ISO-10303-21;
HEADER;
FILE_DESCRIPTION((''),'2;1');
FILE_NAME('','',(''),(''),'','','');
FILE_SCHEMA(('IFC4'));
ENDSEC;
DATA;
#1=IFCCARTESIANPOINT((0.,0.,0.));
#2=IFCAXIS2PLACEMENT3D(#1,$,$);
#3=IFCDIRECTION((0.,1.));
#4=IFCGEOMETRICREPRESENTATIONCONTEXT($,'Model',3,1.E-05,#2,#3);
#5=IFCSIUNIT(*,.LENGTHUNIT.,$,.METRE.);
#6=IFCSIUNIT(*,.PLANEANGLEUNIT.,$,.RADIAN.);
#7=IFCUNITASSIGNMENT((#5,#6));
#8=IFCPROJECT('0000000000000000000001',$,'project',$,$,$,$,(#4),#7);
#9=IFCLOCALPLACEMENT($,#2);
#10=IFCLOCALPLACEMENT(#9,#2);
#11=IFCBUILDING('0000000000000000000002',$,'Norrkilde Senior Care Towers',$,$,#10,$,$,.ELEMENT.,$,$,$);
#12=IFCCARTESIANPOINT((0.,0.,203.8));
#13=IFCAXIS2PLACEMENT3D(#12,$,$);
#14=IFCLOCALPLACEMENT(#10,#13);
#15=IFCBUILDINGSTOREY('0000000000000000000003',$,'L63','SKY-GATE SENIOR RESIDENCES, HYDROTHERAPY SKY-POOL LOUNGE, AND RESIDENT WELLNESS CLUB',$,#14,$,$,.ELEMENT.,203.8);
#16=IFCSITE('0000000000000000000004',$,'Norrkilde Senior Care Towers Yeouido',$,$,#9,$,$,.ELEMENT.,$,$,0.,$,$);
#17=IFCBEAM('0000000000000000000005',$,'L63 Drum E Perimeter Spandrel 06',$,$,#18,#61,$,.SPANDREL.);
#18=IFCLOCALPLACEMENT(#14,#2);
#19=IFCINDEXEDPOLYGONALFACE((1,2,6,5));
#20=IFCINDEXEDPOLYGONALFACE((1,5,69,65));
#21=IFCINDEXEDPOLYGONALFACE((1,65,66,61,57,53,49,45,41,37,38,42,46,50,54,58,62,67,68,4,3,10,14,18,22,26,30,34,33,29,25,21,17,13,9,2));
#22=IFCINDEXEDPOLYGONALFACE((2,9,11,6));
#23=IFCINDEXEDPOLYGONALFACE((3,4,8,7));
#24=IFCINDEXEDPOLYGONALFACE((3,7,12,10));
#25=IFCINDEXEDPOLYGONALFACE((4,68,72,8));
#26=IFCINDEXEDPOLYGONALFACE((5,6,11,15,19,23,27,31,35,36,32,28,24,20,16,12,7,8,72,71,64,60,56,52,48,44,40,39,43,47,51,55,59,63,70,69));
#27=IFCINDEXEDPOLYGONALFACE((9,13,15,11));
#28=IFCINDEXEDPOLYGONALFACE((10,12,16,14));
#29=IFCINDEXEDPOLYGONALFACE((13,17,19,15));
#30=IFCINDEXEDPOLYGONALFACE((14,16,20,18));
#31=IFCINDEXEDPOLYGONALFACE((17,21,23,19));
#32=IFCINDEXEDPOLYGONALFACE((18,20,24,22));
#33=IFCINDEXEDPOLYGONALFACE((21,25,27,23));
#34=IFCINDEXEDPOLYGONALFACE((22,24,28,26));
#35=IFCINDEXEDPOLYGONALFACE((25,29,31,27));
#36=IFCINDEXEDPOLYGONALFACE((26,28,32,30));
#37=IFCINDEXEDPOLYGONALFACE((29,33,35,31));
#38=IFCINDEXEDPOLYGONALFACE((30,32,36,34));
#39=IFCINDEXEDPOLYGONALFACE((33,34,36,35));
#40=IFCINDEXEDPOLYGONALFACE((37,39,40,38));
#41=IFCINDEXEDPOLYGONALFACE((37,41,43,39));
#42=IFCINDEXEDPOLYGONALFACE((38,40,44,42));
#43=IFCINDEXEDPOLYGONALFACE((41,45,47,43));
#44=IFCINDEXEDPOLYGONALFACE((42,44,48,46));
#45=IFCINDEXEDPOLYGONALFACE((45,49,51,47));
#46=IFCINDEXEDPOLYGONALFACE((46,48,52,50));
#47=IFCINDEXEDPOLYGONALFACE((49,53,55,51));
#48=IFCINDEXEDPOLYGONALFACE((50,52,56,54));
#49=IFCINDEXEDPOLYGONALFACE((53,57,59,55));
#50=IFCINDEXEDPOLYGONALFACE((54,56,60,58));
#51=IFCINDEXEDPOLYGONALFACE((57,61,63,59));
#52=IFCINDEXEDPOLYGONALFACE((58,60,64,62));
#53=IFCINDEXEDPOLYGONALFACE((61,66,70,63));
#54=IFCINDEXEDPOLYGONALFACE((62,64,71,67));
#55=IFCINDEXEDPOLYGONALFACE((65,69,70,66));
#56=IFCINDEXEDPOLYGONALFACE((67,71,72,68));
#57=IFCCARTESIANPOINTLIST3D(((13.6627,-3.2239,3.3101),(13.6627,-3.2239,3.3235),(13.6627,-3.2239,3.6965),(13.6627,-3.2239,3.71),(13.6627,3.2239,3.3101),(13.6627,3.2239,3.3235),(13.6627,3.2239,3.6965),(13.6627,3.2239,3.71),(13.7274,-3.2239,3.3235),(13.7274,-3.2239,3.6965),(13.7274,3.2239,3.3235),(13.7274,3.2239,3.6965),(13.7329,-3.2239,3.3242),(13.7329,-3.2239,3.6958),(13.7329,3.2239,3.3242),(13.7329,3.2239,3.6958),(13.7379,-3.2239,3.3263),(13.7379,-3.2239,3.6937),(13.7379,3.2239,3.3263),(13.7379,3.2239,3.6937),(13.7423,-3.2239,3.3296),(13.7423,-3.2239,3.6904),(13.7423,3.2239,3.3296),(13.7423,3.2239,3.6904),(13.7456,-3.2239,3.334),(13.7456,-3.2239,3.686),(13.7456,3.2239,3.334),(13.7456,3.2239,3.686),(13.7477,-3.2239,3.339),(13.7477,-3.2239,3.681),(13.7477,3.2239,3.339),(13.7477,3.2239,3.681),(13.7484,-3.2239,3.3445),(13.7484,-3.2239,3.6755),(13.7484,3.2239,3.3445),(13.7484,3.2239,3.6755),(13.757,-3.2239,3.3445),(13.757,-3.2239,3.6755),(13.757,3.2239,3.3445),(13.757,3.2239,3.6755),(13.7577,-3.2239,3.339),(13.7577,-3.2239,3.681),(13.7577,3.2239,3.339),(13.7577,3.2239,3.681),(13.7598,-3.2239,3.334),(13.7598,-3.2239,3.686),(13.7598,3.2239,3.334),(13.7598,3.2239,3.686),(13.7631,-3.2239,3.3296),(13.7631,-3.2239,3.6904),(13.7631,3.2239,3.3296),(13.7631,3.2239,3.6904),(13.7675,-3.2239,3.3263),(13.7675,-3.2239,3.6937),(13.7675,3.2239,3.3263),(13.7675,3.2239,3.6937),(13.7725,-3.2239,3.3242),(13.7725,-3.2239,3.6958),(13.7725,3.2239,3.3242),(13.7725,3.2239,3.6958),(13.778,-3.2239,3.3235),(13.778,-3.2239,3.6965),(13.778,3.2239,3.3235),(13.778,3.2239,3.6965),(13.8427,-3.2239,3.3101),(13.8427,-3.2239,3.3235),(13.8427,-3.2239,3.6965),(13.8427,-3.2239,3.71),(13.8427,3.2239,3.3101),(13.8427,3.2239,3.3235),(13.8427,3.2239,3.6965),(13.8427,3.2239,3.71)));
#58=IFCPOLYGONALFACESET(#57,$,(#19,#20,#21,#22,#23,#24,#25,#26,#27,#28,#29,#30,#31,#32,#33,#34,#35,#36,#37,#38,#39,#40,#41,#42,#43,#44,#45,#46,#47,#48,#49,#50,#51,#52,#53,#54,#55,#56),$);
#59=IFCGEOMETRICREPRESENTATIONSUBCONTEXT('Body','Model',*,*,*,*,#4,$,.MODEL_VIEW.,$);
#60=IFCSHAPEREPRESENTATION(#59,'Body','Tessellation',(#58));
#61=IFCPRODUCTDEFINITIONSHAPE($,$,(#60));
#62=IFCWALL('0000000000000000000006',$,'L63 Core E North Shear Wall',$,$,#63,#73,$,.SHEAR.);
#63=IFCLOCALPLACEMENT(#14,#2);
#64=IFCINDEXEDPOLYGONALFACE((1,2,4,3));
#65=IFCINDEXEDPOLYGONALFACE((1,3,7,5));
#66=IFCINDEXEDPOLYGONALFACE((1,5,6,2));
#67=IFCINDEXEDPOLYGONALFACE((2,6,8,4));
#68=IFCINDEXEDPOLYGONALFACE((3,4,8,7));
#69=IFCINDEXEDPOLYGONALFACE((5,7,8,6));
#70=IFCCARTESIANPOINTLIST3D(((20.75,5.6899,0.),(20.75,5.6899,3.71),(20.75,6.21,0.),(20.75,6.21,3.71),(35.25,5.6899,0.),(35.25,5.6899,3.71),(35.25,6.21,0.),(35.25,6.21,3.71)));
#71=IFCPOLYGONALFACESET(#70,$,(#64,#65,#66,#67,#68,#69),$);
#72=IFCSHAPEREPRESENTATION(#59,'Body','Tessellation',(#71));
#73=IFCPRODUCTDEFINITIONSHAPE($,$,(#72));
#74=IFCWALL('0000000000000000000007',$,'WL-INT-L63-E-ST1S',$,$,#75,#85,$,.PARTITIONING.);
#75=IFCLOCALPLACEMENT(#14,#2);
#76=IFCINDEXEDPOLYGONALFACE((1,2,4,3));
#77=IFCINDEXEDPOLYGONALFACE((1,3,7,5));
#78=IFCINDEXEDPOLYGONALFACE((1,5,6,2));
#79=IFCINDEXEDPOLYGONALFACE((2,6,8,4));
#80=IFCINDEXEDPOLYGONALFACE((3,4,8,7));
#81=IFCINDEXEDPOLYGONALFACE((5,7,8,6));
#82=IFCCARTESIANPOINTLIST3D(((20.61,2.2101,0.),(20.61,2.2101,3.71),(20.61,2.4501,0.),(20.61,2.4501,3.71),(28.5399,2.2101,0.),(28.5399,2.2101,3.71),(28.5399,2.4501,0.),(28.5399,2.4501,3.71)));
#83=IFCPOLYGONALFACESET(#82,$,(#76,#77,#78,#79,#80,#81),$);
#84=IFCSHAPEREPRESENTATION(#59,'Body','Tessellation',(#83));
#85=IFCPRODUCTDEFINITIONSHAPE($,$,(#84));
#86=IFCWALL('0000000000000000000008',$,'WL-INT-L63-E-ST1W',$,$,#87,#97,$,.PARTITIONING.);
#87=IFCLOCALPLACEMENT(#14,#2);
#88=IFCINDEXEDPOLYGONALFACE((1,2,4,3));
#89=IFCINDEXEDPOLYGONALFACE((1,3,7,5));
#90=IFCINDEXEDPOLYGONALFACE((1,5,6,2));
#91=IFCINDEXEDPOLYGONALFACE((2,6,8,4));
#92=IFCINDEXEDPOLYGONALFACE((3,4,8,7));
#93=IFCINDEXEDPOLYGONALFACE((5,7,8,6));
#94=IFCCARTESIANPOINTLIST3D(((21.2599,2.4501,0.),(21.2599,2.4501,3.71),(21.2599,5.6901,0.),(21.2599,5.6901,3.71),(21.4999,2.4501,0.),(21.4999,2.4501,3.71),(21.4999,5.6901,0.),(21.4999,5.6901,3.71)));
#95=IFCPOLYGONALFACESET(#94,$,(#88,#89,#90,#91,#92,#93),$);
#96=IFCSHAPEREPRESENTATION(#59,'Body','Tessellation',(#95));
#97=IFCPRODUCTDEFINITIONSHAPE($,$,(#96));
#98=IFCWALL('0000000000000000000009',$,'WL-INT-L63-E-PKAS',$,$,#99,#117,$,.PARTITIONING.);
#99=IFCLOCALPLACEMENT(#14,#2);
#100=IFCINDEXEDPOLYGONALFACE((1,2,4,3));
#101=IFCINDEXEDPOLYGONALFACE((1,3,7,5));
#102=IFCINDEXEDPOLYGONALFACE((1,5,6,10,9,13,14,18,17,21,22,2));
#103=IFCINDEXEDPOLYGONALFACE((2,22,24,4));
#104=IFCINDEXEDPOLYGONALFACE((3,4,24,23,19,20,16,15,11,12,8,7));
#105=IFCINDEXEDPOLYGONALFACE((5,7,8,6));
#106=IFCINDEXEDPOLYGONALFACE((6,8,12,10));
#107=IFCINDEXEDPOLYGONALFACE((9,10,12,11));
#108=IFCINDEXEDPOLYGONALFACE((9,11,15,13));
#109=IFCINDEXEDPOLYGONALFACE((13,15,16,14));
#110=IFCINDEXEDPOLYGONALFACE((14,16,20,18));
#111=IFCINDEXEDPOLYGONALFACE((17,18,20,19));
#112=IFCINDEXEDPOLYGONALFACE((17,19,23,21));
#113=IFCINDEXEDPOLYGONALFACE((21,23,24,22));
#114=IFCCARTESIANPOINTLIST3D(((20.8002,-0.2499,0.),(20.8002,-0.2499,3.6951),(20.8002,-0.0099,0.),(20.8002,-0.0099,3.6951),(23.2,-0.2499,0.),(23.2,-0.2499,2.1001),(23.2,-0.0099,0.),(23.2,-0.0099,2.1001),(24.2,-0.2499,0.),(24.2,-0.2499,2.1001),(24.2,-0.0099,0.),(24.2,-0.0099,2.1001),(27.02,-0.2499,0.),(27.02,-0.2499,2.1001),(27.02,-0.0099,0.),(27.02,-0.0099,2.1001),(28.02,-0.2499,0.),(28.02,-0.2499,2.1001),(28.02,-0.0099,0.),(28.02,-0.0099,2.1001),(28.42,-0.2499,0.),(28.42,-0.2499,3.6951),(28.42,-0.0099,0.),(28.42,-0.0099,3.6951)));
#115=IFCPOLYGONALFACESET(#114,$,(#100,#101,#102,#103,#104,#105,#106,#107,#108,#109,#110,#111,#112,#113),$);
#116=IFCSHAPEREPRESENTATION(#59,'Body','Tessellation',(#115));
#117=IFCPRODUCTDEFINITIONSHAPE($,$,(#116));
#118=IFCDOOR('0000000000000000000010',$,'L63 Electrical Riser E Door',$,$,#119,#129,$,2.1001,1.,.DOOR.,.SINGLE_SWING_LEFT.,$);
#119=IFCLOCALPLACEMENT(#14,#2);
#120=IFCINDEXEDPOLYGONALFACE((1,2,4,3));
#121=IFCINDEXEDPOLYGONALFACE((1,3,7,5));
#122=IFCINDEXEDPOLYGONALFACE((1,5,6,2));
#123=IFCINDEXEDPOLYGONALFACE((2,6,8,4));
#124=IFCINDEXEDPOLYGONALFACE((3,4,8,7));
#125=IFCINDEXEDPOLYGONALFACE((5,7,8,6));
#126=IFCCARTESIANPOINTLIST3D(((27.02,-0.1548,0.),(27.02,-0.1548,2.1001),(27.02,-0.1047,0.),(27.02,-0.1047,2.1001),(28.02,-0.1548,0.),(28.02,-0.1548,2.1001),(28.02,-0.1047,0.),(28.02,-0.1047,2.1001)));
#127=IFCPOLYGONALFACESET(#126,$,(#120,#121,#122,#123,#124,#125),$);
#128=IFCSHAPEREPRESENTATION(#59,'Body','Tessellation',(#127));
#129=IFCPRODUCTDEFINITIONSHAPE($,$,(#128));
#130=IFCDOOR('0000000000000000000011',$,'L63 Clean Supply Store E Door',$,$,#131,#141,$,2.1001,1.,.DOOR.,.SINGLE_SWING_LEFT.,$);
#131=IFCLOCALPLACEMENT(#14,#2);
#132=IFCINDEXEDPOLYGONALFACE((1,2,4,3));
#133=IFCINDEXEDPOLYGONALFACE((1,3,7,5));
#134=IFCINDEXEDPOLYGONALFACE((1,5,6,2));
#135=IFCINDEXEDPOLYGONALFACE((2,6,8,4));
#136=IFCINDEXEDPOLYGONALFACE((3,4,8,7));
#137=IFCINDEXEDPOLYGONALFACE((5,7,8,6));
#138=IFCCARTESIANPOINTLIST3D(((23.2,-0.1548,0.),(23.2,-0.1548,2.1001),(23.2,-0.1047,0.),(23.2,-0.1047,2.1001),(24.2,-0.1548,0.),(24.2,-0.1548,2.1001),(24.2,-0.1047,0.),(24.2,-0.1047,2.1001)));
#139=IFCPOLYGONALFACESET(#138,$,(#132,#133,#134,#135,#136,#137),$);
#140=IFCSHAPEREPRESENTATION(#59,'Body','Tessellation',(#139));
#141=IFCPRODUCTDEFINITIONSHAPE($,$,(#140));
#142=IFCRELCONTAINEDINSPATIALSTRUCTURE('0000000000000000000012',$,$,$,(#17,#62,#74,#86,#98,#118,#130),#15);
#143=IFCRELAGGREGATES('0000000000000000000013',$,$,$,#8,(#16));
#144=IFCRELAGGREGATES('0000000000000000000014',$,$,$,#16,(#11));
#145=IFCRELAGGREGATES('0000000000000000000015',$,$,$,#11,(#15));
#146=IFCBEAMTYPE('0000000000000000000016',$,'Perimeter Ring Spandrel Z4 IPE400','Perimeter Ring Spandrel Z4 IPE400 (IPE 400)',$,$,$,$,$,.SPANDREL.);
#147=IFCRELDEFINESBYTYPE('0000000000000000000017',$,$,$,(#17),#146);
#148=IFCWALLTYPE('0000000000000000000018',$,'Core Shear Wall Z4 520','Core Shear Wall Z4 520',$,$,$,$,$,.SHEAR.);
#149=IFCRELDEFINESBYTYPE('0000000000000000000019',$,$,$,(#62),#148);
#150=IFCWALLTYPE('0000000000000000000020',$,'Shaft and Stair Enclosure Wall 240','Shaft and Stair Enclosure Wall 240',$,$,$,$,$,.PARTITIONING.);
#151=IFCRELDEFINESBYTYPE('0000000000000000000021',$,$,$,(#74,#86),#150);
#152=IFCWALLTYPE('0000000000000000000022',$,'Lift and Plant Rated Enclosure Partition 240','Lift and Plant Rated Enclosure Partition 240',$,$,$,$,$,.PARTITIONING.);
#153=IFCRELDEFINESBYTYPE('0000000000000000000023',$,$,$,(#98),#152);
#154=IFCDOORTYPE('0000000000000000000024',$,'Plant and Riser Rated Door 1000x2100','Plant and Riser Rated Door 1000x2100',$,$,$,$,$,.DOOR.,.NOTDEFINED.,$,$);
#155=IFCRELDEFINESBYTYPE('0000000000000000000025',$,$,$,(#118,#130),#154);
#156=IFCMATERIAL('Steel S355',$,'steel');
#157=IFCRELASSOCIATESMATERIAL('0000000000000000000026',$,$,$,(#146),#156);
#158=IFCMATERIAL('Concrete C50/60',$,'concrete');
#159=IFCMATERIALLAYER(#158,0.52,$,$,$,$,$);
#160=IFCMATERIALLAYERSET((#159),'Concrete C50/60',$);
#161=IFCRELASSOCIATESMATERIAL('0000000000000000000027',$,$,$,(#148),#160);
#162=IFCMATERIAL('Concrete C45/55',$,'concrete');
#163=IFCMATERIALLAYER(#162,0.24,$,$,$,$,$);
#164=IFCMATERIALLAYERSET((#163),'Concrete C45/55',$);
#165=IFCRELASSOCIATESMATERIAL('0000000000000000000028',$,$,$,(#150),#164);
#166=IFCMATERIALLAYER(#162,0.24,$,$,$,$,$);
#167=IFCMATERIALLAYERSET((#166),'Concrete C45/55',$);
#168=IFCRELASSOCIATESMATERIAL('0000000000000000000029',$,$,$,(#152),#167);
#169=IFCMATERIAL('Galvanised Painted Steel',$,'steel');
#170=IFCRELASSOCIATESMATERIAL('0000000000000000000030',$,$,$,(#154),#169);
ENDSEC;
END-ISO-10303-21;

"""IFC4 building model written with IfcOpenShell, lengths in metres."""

from ifc_helpers import new_model, si_unit, direction, frame, frame_2d, origin, origin_2d, place, context, subcontext, project, spatial, rectangle, i_section, extrude, source, transform, mapped, material, layer, layer_set, material_profile, profile_set, type_object, type_shapes, element, fill, save


model = new_model("IFC4")

# Units and contexts
model_context = context("Model", 3, precision=1e-05, world=origin(), true_north=direction((0.0, 1.0)))
body_context = subcontext(model_context, "Body", "Model", "MODEL_VIEW")
ifc_project = project(units=[si_unit("LENGTHUNIT", "METRE"), si_unit("PLANEANGLEUNIT", "RADIAN")], contexts=[model_context])

# Site, building, storey
site_placement = place(None, origin())
site = spatial("IfcSite", under=ifc_project, at=site_placement, Name="Norrkilde Senior Care Towers Yeouido", CompositionType="ELEMENT", RefElevation=0.0)
building_placement = place(site_placement, origin())
building = spatial("IfcBuilding", under=site, at=building_placement, Name="Norrkilde Senior Care Towers", CompositionType="ELEMENT")
storey_placement = place(building_placement, frame((0.0, 0.0, 203.8)))
storey = spatial("IfcBuildingStorey", under=building, at=storey_placement, Name="L63", Description="SKY-GATE SENIOR RESIDENCES, HYDROTHERAPY SKY-POOL LOUNGE, AND RESIDENT WELLNESS CLUB", CompositionType="ELEMENT", Elevation=203.8)

# Shared definitions
ifc_material_1 = material(Name="Concrete C50/60", Category="concrete")

# Beam
ifc_material_2 = material(Name="Steel S355", Category="steel")
ifc_material_profile_1 = material_profile(ifc_material_2, i_section(OverallWidth=0.1799, OverallDepth=0.3999, WebThickness=0.0085, FlangeThickness=0.0134, FilletRadius=0.021, at=origin_2d()), Name="IPE 400")
ifc_profile_set_1 = profile_set([ifc_material_profile_1], Name="Steel S355")
beam_type_1 = type_object("IfcBeamType", Name="Perimeter Ring Spandrel Z4 IPE400", Description="Perimeter Ring Spandrel Z4 IPE400 (IPE 400)", PredefinedType="SPANDREL", material=ifc_profile_set_1)
shared_shape_1 = source(origin(), body_context, "Body", "SweptSolid", [
    extrude(i_section(OverallWidth=0.1799, OverallDepth=0.3999, WebThickness=0.0085, FlangeThickness=0.0134, FilletRadius=0.021, at=origin_2d()), origin(), (0.0, 0.0, 1.0), 6.4478),
])
type_shapes(beam_type_1, [shared_shape_1])
beam_1_placement = place(storey_placement, frame((13.7527, 3.2239, 3.51), z_axis=(0.0, -1.0, 0.0), x_axis=(1.0, 0.0, 0.0)))
element("IfcBeam", 1, at=beam_1_placement, inside=storey, type_object=beam_type_1, Name="L63 Drum E Perimeter Spandrel 06", PredefinedType="SPANDREL", context=body_context, shape_type="MappedRepresentation", body=[
    mapped(shared_shape_1, transform((0.0, 0.0, 0.0), x_axis=(1.0, 0.0, 0.0), y_axis=(0.0, 1.0, 0.0), z_axis=(0.0, 0.0, 1.0), scale=1.0)),
])

# Walls
ifc_layer_1 = layer(ifc_material_1, 0.52)
ifc_layer_set_1 = layer_set([ifc_layer_1], Name="Concrete C50/60")
wall_type_1 = type_object("IfcWallType", Name="Core Shear Wall Z4 520", Description="Core Shear Wall Z4 520", PredefinedType="SHEAR", material=ifc_layer_set_1)
shared_shape_2 = source(origin(), body_context, "Body", "SweptSolid", [
    extrude(rectangle(XDim=14.5, YDim=0.52, at=frame_2d((7.25, 0.0))), origin(), (0.0, 0.0, 1.0), 3.71),
])
type_shapes(wall_type_1, [shared_shape_2])
wall_1_placement = place(storey_placement, frame((20.75, 5.95, 0.0), z_axis=(0.0, 0.0, 1.0), x_axis=(1.0, 0.0, 0.0)))
element("IfcWall", 2, at=wall_1_placement, inside=storey, type_object=wall_type_1, Name="L63 Core E North Shear Wall", PredefinedType="SHEAR", context=body_context, shape_type="MappedRepresentation", body=[
    mapped(shared_shape_2, transform((0.0, 0.0, 0.0), x_axis=(1.0, 0.0, 0.0), y_axis=(0.0, 1.0, 0.0), z_axis=(0.0, 0.0, 1.0), scale=1.0)),
])
ifc_material_3 = material(Name="Concrete C45/55", Category="concrete")
ifc_layer_2 = layer(ifc_material_3, 0.24)
ifc_layer_set_2 = layer_set([ifc_layer_2], Name="Concrete C45/55")
wall_type_2 = type_object("IfcWallType", Name="Shaft and Stair Enclosure Wall 240", Description="Shaft and Stair Enclosure Wall 240", PredefinedType="PARTITIONING", material=ifc_layer_set_2)
shared_shape_3 = source(origin(), body_context, "Body", "SweptSolid", [
    extrude(rectangle(XDim=7.9299, YDim=0.24, at=frame_2d((3.9648, 0.0))), origin(), (0.0, 0.0, 1.0), 3.71),
])
wall_2_placement = place(storey_placement, frame((20.6101, 2.3301, 0.0), z_axis=(0.0, 0.0, 1.0), x_axis=(1.0, 0.0, 0.0)))
element("IfcWall", 3, at=wall_2_placement, inside=storey, type_object=wall_type_2, Name="WL-INT-L63-E-ST1S", PredefinedType="PARTITIONING", context=body_context, shape_type="MappedRepresentation", body=[
    mapped(shared_shape_3, transform((0.0, 0.0, 0.0), x_axis=(1.0, 0.0, 0.0), y_axis=(0.0, 1.0, 0.0), z_axis=(0.0, 0.0, 1.0), scale=1.0)),
])
shared_shape_4 = source(origin(), body_context, "Body", "SweptSolid", [
    extrude(rectangle(XDim=3.24, YDim=0.24, at=frame_2d((1.6201, 0.0))), origin(), (0.0, 0.0, 1.0), 3.71),
])
type_shapes(wall_type_2, [shared_shape_3, shared_shape_4])
wall_3_placement = place(storey_placement, frame((21.3799, 2.45, 0.0), z_axis=(0.0, 0.0, 1.0), x_axis=(0.0, 1.0, 0.0)))
element("IfcWall", 4, at=wall_3_placement, inside=storey, type_object=wall_type_2, Name="WL-INT-L63-E-ST1W", PredefinedType="PARTITIONING", context=body_context, shape_type="MappedRepresentation", body=[
    mapped(shared_shape_4, transform((0.0, 0.0, 0.0), x_axis=(1.0, 0.0, 0.0), y_axis=(0.0, 1.0, 0.0), z_axis=(0.0, 0.0, 1.0), scale=1.0)),
])

# Wall, openings, doors
ifc_layer_3 = layer(ifc_material_3, 0.24)
ifc_layer_set_3 = layer_set([ifc_layer_3], Name="Concrete C45/55")
wall_type_3 = type_object("IfcWallType", Name="Lift and Plant Rated Enclosure Partition 240", Description="Lift and Plant Rated Enclosure Partition 240", PredefinedType="PARTITIONING", material=ifc_layer_set_3)
shared_shape_5 = source(origin(), body_context, "Body", "SweptSolid", [
    extrude(rectangle(XDim=7.6199, YDim=0.24, at=frame_2d((3.8101, 0.0))), origin(), (0.0, 0.0, 1.0), 3.6951),
])
type_shapes(wall_type_3, [shared_shape_5])
wall_4_placement = place(storey_placement, frame((20.8, -0.1299, 0.0), z_axis=(0.0, 0.0, 1.0), x_axis=(1.0, 0.0, 0.0)))
wall_4 = element("IfcWall", 5, at=wall_4_placement, inside=storey, type_object=wall_type_3, Name="WL-INT-L63-E-PKAS", PredefinedType="PARTITIONING", context=body_context, shape_type="MappedRepresentation", body=[
    mapped(shared_shape_5, transform((0.0, 0.0, 0.0), x_axis=(1.0, 0.0, 0.0), y_axis=(0.0, 1.0, 0.0), z_axis=(0.0, 0.0, 1.0), scale=1.0)),
])
opening_1_placement = place(wall_4_placement, frame((6.22, 0.0, 0.0)))
opening_1 = element("IfcOpeningElement", 6, at=opening_1_placement, cuts=wall_4, PredefinedType="OPENING", context=body_context, shape_type="SweptSolid", body=[
    extrude(rectangle(XDim=1.0, YDim=2.1001, at=frame_2d((0.5, 1.05))), frame((0.0, 0.1299, 0.0), z_axis=(0.0, -1.0, 0.0), x_axis=(1.0, 0.0, 0.0)), (0.0, 0.0, 1.0), 0.26),
])
opening_2_placement = place(wall_4_placement, frame((2.3999, 0.0, 0.0)))
opening_2 = element("IfcOpeningElement", 7, at=opening_2_placement, cuts=wall_4, PredefinedType="OPENING", context=body_context, shape_type="SweptSolid", body=[
    extrude(rectangle(XDim=1.0, YDim=2.1001, at=frame_2d((0.5, 1.05))), frame((0.0, 0.1299, 0.0), z_axis=(0.0, -1.0, 0.0), x_axis=(1.0, 0.0, 0.0)), (0.0, 0.0, 1.0), 0.26),
])
ifc_material_4 = material(Name="Galvanised Painted Steel", Category="steel")
door_type_1 = type_object("IfcDoorType", Name="Plant and Riser Rated Door 1000x2100", Description="Plant and Riser Rated Door 1000x2100", OperationType="NOTDEFINED", PredefinedType="DOOR", material=ifc_material_4)
shared_shape_6 = source(origin(), body_context, "Body", "SweptSolid", [
    extrude(rectangle(XDim=1.0, YDim=2.1001, at=frame_2d((0.5, 1.05))), frame((0.0, 0.0249, 0.0), z_axis=(0.0, -1.0, 0.0), x_axis=(1.0, 0.0, 0.0)), (0.0, 0.0, 1.0), 0.05),
])
type_shapes(door_type_1, [shared_shape_6])
door_1_placement = place(opening_1_placement, frame((1.0, 0.0, 0.0), z_axis=(0.0, 0.0, 1.0), x_axis=(-1.0, 0.0, 0.0)))
door_1 = element("IfcDoor", 8, at=door_1_placement, inside=storey, type_object=door_type_1, Name="L63 Electrical Riser E Door", OperationType="SINGLE_SWING_LEFT", OverallHeight=2.1001, OverallWidth=1.0, PredefinedType="DOOR", context=body_context, shape_type="MappedRepresentation", body=[
    mapped(shared_shape_6, transform((0.0, 0.0, 0.0), x_axis=(1.0, 0.0, 0.0), y_axis=(0.0, 1.0, 0.0), z_axis=(0.0, 0.0, 1.0), scale=1.0)),
])
fill(opening_1, door_1)
door_2_placement = place(opening_2_placement, frame((1.0, 0.0, 0.0), z_axis=(0.0, 0.0, 1.0), x_axis=(-1.0, 0.0, 0.0)))
door_2 = element("IfcDoor", 9, at=door_2_placement, inside=storey, type_object=door_type_1, Name="L63 Clean Supply Store E Door", OperationType="SINGLE_SWING_LEFT", OverallHeight=2.1001, OverallWidth=1.0, PredefinedType="DOOR", context=body_context, shape_type="MappedRepresentation", body=[
    mapped(shared_shape_6, transform((0.0, 0.0, 0.0), x_axis=(1.0, 0.0, 0.0), y_axis=(0.0, 1.0, 0.0), z_axis=(0.0, 0.0, 1.0), scale=1.0)),
])
fill(opening_2, door_2)

save(model, "model.ifc")
